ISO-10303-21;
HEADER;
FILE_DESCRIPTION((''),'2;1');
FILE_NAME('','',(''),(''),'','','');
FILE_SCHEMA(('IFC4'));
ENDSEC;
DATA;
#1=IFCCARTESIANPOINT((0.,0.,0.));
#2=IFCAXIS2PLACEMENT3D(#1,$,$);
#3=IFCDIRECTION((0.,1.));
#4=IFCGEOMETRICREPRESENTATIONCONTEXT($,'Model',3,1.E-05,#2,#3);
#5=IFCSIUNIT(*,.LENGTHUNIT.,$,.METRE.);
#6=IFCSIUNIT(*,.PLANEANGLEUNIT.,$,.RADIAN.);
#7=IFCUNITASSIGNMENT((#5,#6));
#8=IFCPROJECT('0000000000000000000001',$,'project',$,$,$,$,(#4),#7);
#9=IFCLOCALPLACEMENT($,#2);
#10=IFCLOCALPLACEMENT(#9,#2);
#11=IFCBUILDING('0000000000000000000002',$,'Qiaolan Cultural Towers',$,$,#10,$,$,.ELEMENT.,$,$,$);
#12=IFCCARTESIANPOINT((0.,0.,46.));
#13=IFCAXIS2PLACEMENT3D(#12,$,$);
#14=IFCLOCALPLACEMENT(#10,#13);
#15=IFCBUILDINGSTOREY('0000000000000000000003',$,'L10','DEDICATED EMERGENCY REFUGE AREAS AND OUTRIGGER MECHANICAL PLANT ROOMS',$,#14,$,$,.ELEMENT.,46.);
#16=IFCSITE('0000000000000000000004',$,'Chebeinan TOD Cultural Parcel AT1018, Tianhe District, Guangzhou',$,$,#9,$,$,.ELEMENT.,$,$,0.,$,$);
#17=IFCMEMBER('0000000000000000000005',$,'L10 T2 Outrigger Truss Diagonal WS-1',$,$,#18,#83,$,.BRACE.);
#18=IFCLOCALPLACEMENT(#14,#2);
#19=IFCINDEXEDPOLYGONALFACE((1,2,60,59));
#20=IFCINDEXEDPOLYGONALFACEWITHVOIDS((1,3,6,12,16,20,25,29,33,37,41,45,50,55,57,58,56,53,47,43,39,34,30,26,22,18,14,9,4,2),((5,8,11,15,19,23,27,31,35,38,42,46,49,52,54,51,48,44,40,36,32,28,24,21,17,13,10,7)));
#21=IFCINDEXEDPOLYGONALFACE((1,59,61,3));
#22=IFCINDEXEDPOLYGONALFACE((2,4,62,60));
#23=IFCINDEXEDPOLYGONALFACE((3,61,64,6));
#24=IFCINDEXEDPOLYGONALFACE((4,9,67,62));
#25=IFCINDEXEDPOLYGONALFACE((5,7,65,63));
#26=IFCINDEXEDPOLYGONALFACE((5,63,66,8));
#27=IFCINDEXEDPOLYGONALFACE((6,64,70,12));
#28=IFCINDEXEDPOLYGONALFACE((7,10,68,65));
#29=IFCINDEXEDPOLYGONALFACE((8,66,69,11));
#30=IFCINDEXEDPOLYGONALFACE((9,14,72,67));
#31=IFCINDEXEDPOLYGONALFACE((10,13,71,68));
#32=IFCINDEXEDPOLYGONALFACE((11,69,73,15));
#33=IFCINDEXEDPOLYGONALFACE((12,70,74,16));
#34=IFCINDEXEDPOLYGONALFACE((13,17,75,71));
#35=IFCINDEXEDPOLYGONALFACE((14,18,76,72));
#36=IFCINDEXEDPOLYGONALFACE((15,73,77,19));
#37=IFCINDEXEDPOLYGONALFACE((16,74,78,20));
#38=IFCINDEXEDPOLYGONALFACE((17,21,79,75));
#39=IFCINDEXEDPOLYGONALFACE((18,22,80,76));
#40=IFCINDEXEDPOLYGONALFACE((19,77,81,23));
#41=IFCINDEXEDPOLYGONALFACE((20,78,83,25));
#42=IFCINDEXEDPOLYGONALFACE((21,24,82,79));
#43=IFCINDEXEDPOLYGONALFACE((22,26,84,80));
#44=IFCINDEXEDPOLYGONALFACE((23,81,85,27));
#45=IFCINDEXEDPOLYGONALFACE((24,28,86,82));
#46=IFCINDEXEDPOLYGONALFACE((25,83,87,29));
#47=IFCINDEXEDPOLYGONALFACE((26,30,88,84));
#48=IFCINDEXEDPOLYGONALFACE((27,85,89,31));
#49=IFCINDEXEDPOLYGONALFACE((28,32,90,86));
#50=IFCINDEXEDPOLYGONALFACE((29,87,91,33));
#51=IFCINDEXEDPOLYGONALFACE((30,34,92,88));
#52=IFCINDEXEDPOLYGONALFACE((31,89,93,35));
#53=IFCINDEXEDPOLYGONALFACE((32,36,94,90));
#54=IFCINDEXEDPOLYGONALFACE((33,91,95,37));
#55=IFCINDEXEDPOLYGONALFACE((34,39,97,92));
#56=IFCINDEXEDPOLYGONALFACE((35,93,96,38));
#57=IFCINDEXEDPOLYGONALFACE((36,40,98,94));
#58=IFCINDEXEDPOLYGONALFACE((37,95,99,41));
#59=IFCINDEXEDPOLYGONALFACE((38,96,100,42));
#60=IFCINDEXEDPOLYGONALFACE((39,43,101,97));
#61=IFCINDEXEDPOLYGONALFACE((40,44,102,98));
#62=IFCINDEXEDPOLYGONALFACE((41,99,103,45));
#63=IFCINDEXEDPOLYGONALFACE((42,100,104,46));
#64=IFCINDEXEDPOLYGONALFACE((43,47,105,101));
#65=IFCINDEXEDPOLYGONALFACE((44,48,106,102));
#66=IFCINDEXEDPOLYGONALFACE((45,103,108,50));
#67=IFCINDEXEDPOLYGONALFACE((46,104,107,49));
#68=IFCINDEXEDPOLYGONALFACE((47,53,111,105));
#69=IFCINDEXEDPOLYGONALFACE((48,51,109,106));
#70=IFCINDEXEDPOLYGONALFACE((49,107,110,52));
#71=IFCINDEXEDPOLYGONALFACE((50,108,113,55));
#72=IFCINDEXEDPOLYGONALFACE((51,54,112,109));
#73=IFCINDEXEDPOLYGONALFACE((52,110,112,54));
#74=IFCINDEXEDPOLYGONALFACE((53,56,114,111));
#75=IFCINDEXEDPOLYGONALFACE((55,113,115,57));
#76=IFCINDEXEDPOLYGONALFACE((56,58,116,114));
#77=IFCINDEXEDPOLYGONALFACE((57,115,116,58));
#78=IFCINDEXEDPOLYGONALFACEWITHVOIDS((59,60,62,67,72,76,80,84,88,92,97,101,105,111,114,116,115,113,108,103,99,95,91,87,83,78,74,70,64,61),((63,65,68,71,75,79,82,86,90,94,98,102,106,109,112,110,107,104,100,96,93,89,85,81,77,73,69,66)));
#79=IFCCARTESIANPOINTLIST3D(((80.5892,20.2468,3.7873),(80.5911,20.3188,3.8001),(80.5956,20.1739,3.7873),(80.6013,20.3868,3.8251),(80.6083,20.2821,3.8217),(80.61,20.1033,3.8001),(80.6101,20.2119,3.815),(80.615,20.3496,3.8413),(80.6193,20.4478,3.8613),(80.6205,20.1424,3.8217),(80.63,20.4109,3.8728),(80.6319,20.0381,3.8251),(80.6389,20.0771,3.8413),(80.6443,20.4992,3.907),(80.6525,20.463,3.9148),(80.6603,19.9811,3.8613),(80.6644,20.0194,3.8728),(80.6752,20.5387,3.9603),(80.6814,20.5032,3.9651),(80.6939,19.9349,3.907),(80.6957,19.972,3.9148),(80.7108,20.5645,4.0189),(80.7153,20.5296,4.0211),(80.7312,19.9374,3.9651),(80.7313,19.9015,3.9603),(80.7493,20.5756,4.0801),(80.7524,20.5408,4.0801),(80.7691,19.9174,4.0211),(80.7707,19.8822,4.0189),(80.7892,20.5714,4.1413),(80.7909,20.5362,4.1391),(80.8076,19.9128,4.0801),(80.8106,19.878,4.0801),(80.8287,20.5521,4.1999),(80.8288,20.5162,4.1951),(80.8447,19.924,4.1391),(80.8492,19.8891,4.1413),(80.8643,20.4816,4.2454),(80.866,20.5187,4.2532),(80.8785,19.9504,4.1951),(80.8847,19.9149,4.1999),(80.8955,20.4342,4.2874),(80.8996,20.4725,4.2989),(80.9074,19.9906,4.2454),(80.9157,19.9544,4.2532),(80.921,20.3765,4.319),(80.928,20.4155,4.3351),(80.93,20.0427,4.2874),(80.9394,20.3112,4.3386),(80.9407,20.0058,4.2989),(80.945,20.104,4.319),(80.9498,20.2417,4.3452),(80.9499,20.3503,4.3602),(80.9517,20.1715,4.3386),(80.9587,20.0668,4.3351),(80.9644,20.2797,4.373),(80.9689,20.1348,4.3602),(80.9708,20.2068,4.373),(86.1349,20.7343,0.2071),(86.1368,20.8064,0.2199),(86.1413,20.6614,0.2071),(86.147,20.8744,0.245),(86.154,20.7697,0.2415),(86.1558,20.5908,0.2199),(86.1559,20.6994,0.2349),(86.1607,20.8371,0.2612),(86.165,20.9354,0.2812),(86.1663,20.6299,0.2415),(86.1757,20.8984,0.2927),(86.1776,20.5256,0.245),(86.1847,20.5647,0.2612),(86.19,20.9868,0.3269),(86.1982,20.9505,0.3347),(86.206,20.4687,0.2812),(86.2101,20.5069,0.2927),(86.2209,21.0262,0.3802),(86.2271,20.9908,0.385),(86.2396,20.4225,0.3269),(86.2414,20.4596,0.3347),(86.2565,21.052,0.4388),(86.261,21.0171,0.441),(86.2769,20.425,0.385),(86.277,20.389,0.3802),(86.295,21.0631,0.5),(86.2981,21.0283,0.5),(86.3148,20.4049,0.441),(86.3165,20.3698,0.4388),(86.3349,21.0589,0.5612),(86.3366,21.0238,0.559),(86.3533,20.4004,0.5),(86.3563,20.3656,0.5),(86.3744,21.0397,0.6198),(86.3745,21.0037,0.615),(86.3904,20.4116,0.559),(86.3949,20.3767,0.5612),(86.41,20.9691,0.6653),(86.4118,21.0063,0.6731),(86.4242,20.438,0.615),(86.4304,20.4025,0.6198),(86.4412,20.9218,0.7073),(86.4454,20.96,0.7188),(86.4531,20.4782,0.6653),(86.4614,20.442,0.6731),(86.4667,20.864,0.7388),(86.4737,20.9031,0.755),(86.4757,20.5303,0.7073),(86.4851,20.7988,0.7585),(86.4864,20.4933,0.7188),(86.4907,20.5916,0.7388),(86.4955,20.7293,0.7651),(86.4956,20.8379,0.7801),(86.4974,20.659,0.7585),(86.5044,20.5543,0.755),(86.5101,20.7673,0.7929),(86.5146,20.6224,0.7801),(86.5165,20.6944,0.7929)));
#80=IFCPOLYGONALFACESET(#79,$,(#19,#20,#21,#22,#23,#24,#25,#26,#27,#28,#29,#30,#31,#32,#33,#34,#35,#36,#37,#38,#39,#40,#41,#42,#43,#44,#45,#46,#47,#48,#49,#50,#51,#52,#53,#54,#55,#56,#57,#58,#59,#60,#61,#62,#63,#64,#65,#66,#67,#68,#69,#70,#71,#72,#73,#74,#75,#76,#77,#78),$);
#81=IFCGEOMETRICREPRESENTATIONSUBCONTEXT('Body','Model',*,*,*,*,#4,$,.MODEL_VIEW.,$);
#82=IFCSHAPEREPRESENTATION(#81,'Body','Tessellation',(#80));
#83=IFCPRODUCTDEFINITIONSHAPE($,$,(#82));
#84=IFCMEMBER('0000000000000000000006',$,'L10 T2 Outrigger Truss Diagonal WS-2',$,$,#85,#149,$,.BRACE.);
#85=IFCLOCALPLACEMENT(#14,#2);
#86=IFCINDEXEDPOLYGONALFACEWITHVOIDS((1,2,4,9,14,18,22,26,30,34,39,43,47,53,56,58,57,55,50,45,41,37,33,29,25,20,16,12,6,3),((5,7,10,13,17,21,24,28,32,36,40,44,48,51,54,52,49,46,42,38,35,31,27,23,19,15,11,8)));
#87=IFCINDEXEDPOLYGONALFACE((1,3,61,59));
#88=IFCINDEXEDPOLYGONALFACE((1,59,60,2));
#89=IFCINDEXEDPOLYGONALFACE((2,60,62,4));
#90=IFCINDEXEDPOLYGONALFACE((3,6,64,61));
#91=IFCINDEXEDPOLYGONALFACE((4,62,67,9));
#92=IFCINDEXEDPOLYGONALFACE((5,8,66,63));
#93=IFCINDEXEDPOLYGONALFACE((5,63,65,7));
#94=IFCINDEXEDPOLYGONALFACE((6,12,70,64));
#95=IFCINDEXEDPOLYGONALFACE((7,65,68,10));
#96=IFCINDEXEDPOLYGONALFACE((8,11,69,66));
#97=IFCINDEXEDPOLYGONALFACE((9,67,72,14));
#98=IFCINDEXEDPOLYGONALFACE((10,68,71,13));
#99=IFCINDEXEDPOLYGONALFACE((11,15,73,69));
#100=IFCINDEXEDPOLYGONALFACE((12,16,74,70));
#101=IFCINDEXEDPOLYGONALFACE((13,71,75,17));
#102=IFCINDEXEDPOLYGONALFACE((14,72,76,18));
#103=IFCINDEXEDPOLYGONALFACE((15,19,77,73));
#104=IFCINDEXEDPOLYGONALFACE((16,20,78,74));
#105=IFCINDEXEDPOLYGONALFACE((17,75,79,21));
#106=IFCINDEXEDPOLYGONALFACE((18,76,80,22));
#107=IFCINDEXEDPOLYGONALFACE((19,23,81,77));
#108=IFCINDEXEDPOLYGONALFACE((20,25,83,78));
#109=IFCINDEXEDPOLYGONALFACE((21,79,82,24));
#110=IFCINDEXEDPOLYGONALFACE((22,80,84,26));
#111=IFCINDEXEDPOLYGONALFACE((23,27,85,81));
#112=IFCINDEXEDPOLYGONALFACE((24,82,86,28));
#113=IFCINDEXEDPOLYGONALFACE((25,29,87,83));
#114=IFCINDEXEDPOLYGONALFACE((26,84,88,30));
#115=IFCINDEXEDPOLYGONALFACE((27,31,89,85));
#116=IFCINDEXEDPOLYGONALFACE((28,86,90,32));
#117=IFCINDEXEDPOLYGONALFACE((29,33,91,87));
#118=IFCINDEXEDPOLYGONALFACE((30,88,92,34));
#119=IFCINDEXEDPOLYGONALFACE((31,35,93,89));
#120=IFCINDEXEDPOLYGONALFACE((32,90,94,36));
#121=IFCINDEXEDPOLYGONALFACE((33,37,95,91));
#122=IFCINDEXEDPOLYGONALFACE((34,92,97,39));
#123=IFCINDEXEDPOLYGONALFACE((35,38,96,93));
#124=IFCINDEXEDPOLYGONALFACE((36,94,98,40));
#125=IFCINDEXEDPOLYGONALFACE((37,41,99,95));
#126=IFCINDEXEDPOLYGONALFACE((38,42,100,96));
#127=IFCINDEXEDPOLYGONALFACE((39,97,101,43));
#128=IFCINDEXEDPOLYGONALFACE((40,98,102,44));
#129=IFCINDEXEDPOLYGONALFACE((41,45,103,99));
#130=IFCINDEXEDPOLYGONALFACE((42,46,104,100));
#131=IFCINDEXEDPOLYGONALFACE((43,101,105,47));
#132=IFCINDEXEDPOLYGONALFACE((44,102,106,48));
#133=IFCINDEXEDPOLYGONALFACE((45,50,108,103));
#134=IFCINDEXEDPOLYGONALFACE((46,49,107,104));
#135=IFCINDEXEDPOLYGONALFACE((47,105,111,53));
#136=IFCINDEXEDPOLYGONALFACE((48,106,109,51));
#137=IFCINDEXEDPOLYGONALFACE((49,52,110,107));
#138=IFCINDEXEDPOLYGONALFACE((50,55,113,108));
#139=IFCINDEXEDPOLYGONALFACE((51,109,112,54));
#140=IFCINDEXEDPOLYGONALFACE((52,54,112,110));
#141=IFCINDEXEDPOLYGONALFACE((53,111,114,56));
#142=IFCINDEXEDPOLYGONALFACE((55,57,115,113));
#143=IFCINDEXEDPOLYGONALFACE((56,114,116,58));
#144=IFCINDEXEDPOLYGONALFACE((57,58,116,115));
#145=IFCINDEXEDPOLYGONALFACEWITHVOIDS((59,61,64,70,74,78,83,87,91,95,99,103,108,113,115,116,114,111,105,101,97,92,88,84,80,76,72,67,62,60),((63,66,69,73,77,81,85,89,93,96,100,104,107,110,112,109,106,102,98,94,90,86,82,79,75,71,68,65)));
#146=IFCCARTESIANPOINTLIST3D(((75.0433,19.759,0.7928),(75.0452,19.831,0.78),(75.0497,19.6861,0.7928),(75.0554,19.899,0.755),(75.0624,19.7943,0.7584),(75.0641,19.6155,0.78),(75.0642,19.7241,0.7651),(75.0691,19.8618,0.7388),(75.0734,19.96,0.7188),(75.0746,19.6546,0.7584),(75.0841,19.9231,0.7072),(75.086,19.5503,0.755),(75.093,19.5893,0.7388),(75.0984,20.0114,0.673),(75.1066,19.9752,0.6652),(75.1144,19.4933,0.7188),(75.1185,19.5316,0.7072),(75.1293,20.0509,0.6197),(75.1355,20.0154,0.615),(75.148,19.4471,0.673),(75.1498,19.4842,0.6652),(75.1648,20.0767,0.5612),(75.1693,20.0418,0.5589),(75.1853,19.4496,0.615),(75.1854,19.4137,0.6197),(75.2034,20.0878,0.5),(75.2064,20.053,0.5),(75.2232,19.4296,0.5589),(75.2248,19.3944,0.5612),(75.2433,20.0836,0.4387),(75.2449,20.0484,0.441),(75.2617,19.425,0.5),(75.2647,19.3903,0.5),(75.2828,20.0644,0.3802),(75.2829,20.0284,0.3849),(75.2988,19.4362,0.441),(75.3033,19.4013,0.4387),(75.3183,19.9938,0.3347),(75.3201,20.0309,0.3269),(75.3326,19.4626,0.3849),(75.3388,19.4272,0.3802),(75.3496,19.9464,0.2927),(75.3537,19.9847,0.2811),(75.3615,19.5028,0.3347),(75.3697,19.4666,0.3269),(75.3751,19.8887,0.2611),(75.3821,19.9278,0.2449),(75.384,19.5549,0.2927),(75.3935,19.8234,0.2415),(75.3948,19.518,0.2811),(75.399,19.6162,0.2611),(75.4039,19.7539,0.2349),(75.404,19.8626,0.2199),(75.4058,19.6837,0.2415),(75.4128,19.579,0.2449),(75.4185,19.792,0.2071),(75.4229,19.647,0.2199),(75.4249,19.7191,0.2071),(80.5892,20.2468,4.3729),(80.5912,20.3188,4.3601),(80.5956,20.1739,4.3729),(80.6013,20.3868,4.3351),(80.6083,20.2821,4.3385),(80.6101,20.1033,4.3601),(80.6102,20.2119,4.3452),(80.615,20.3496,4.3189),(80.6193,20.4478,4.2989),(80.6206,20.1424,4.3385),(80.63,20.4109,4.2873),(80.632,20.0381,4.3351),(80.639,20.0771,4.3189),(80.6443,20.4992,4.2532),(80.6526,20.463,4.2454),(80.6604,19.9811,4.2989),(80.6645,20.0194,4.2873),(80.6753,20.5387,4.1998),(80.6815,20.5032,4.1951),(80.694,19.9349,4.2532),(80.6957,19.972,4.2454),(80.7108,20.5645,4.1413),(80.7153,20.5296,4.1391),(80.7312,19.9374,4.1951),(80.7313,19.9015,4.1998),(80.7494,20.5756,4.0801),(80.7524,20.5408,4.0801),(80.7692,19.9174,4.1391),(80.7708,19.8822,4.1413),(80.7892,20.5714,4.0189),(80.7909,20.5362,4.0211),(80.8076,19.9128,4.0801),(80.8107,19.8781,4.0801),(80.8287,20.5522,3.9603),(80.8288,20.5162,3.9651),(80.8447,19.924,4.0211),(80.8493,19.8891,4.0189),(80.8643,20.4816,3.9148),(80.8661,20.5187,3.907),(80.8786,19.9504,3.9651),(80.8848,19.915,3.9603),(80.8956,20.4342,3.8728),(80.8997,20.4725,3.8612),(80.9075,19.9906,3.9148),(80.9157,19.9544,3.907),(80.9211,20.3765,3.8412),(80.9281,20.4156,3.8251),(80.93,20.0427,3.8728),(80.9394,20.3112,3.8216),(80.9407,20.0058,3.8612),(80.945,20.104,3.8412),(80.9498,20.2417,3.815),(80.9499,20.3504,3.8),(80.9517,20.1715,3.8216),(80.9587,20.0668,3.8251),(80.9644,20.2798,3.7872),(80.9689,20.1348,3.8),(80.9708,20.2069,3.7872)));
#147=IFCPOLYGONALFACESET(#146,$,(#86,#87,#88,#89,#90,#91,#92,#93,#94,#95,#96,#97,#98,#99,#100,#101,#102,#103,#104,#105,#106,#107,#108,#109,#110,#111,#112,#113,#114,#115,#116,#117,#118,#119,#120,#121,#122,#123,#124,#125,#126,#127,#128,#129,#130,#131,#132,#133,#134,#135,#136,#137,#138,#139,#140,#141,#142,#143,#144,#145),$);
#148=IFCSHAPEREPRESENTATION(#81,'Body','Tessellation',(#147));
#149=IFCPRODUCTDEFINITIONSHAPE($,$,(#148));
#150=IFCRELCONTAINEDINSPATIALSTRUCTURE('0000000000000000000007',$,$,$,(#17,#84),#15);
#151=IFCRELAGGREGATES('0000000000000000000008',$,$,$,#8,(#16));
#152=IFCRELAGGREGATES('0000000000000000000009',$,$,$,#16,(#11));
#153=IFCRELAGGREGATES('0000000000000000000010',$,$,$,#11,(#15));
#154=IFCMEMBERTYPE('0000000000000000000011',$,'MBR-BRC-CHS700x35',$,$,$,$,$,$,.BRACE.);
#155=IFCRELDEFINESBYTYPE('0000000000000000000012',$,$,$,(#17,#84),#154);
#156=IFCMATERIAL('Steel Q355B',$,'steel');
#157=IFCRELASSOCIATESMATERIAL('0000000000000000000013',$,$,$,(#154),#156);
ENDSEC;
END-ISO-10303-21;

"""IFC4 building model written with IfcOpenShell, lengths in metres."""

from ifc_helpers import new_model, si_unit, direction, frame, origin, origin_2d, place, context, subcontext, project, spatial, hollow_circle, extrude, material, material_profile, profile_set, type_object, element, save


model = new_model("IFC4")

# Units and contexts
model_context = context("Model", 3, precision=1e-05, world=origin(), true_north=direction((0.0, 1.0)))
body_context = subcontext(model_context, "Body", "Model", "MODEL_VIEW")
ifc_project = project(units=[si_unit("LENGTHUNIT", "METRE"), si_unit("PLANEANGLEUNIT", "RADIAN")], contexts=[model_context])

# Site, building, storey
site_placement = place(None, origin())
site = spatial("IfcSite", under=ifc_project, at=site_placement, Name="Chebeinan TOD Cultural Parcel AT1018, Tianhe District, Guangzhou", CompositionType="ELEMENT", RefElevation=0.0)
building_placement = place(site_placement, origin())
building = spatial("IfcBuilding", under=site, at=building_placement, Name="Qiaolan Cultural Towers", CompositionType="ELEMENT")
storey_placement = place(building_placement, frame((0.0, 0.0, 46.0)))
storey = spatial("IfcBuildingStorey", under=building, at=storey_placement, Name="L10", Description="DEDICATED EMERGENCY REFUGE AREAS AND OUTRIGGER MECHANICAL PLANT ROOMS", CompositionType="ELEMENT", Elevation=46.0)

# Members
ifc_material_1 = material(Name="Steel Q355B", Category="steel")
ifc_material_profile_1 = material_profile(ifc_material_1, hollow_circle(Radius=0.3501, WallThickness=0.0349, at=origin_2d()), Name="CHS700x35")
ifc_profile_set_1 = profile_set([ifc_material_profile_1], Name="Steel Q355B")
member_type_1 = type_object("IfcMemberType", Name="MBR-BRC-CHS700x35", PredefinedType="BRACE", material=ifc_profile_set_1)
member_1_placement = place(storey_placement, frame((86.3257, 20.7144, 0.5), z_axis=(-0.83786, -0.073661, 0.540893), x_axis=(0.087578, -0.996158, 0.0)))
element("IfcMember", 1, at=member_1_placement, inside=storey, type_object=member_type_1, Name="L10 T2 Outrigger Truss Diagonal WS-1", PredefinedType="BRACE", context=body_context, shape_type="SweptSolid", body=[
    extrude(hollow_circle(Radius=0.3501, WallThickness=0.0349, at=origin_2d()), origin(), (0.0, 0.0, 1.0), 6.6189),
])
member_2_placement = place(storey_placement, frame((80.78, 20.2268, 4.0801), z_axis=(-0.837869, -0.073695, -0.540874), x_axis=(0.087617, -0.996154, 0.0)))
element("IfcMember", 2, at=member_2_placement, inside=storey, type_object=member_type_1, Name="L10 T2 Outrigger Truss Diagonal WS-2", PredefinedType="BRACE", context=body_context, shape_type="SweptSolid", body=[
    extrude(hollow_circle(Radius=0.3501, WallThickness=0.0349, at=origin_2d()), origin(), (0.0, 0.0, 1.0), 6.6191),
])

save(model, "model.ifc")
